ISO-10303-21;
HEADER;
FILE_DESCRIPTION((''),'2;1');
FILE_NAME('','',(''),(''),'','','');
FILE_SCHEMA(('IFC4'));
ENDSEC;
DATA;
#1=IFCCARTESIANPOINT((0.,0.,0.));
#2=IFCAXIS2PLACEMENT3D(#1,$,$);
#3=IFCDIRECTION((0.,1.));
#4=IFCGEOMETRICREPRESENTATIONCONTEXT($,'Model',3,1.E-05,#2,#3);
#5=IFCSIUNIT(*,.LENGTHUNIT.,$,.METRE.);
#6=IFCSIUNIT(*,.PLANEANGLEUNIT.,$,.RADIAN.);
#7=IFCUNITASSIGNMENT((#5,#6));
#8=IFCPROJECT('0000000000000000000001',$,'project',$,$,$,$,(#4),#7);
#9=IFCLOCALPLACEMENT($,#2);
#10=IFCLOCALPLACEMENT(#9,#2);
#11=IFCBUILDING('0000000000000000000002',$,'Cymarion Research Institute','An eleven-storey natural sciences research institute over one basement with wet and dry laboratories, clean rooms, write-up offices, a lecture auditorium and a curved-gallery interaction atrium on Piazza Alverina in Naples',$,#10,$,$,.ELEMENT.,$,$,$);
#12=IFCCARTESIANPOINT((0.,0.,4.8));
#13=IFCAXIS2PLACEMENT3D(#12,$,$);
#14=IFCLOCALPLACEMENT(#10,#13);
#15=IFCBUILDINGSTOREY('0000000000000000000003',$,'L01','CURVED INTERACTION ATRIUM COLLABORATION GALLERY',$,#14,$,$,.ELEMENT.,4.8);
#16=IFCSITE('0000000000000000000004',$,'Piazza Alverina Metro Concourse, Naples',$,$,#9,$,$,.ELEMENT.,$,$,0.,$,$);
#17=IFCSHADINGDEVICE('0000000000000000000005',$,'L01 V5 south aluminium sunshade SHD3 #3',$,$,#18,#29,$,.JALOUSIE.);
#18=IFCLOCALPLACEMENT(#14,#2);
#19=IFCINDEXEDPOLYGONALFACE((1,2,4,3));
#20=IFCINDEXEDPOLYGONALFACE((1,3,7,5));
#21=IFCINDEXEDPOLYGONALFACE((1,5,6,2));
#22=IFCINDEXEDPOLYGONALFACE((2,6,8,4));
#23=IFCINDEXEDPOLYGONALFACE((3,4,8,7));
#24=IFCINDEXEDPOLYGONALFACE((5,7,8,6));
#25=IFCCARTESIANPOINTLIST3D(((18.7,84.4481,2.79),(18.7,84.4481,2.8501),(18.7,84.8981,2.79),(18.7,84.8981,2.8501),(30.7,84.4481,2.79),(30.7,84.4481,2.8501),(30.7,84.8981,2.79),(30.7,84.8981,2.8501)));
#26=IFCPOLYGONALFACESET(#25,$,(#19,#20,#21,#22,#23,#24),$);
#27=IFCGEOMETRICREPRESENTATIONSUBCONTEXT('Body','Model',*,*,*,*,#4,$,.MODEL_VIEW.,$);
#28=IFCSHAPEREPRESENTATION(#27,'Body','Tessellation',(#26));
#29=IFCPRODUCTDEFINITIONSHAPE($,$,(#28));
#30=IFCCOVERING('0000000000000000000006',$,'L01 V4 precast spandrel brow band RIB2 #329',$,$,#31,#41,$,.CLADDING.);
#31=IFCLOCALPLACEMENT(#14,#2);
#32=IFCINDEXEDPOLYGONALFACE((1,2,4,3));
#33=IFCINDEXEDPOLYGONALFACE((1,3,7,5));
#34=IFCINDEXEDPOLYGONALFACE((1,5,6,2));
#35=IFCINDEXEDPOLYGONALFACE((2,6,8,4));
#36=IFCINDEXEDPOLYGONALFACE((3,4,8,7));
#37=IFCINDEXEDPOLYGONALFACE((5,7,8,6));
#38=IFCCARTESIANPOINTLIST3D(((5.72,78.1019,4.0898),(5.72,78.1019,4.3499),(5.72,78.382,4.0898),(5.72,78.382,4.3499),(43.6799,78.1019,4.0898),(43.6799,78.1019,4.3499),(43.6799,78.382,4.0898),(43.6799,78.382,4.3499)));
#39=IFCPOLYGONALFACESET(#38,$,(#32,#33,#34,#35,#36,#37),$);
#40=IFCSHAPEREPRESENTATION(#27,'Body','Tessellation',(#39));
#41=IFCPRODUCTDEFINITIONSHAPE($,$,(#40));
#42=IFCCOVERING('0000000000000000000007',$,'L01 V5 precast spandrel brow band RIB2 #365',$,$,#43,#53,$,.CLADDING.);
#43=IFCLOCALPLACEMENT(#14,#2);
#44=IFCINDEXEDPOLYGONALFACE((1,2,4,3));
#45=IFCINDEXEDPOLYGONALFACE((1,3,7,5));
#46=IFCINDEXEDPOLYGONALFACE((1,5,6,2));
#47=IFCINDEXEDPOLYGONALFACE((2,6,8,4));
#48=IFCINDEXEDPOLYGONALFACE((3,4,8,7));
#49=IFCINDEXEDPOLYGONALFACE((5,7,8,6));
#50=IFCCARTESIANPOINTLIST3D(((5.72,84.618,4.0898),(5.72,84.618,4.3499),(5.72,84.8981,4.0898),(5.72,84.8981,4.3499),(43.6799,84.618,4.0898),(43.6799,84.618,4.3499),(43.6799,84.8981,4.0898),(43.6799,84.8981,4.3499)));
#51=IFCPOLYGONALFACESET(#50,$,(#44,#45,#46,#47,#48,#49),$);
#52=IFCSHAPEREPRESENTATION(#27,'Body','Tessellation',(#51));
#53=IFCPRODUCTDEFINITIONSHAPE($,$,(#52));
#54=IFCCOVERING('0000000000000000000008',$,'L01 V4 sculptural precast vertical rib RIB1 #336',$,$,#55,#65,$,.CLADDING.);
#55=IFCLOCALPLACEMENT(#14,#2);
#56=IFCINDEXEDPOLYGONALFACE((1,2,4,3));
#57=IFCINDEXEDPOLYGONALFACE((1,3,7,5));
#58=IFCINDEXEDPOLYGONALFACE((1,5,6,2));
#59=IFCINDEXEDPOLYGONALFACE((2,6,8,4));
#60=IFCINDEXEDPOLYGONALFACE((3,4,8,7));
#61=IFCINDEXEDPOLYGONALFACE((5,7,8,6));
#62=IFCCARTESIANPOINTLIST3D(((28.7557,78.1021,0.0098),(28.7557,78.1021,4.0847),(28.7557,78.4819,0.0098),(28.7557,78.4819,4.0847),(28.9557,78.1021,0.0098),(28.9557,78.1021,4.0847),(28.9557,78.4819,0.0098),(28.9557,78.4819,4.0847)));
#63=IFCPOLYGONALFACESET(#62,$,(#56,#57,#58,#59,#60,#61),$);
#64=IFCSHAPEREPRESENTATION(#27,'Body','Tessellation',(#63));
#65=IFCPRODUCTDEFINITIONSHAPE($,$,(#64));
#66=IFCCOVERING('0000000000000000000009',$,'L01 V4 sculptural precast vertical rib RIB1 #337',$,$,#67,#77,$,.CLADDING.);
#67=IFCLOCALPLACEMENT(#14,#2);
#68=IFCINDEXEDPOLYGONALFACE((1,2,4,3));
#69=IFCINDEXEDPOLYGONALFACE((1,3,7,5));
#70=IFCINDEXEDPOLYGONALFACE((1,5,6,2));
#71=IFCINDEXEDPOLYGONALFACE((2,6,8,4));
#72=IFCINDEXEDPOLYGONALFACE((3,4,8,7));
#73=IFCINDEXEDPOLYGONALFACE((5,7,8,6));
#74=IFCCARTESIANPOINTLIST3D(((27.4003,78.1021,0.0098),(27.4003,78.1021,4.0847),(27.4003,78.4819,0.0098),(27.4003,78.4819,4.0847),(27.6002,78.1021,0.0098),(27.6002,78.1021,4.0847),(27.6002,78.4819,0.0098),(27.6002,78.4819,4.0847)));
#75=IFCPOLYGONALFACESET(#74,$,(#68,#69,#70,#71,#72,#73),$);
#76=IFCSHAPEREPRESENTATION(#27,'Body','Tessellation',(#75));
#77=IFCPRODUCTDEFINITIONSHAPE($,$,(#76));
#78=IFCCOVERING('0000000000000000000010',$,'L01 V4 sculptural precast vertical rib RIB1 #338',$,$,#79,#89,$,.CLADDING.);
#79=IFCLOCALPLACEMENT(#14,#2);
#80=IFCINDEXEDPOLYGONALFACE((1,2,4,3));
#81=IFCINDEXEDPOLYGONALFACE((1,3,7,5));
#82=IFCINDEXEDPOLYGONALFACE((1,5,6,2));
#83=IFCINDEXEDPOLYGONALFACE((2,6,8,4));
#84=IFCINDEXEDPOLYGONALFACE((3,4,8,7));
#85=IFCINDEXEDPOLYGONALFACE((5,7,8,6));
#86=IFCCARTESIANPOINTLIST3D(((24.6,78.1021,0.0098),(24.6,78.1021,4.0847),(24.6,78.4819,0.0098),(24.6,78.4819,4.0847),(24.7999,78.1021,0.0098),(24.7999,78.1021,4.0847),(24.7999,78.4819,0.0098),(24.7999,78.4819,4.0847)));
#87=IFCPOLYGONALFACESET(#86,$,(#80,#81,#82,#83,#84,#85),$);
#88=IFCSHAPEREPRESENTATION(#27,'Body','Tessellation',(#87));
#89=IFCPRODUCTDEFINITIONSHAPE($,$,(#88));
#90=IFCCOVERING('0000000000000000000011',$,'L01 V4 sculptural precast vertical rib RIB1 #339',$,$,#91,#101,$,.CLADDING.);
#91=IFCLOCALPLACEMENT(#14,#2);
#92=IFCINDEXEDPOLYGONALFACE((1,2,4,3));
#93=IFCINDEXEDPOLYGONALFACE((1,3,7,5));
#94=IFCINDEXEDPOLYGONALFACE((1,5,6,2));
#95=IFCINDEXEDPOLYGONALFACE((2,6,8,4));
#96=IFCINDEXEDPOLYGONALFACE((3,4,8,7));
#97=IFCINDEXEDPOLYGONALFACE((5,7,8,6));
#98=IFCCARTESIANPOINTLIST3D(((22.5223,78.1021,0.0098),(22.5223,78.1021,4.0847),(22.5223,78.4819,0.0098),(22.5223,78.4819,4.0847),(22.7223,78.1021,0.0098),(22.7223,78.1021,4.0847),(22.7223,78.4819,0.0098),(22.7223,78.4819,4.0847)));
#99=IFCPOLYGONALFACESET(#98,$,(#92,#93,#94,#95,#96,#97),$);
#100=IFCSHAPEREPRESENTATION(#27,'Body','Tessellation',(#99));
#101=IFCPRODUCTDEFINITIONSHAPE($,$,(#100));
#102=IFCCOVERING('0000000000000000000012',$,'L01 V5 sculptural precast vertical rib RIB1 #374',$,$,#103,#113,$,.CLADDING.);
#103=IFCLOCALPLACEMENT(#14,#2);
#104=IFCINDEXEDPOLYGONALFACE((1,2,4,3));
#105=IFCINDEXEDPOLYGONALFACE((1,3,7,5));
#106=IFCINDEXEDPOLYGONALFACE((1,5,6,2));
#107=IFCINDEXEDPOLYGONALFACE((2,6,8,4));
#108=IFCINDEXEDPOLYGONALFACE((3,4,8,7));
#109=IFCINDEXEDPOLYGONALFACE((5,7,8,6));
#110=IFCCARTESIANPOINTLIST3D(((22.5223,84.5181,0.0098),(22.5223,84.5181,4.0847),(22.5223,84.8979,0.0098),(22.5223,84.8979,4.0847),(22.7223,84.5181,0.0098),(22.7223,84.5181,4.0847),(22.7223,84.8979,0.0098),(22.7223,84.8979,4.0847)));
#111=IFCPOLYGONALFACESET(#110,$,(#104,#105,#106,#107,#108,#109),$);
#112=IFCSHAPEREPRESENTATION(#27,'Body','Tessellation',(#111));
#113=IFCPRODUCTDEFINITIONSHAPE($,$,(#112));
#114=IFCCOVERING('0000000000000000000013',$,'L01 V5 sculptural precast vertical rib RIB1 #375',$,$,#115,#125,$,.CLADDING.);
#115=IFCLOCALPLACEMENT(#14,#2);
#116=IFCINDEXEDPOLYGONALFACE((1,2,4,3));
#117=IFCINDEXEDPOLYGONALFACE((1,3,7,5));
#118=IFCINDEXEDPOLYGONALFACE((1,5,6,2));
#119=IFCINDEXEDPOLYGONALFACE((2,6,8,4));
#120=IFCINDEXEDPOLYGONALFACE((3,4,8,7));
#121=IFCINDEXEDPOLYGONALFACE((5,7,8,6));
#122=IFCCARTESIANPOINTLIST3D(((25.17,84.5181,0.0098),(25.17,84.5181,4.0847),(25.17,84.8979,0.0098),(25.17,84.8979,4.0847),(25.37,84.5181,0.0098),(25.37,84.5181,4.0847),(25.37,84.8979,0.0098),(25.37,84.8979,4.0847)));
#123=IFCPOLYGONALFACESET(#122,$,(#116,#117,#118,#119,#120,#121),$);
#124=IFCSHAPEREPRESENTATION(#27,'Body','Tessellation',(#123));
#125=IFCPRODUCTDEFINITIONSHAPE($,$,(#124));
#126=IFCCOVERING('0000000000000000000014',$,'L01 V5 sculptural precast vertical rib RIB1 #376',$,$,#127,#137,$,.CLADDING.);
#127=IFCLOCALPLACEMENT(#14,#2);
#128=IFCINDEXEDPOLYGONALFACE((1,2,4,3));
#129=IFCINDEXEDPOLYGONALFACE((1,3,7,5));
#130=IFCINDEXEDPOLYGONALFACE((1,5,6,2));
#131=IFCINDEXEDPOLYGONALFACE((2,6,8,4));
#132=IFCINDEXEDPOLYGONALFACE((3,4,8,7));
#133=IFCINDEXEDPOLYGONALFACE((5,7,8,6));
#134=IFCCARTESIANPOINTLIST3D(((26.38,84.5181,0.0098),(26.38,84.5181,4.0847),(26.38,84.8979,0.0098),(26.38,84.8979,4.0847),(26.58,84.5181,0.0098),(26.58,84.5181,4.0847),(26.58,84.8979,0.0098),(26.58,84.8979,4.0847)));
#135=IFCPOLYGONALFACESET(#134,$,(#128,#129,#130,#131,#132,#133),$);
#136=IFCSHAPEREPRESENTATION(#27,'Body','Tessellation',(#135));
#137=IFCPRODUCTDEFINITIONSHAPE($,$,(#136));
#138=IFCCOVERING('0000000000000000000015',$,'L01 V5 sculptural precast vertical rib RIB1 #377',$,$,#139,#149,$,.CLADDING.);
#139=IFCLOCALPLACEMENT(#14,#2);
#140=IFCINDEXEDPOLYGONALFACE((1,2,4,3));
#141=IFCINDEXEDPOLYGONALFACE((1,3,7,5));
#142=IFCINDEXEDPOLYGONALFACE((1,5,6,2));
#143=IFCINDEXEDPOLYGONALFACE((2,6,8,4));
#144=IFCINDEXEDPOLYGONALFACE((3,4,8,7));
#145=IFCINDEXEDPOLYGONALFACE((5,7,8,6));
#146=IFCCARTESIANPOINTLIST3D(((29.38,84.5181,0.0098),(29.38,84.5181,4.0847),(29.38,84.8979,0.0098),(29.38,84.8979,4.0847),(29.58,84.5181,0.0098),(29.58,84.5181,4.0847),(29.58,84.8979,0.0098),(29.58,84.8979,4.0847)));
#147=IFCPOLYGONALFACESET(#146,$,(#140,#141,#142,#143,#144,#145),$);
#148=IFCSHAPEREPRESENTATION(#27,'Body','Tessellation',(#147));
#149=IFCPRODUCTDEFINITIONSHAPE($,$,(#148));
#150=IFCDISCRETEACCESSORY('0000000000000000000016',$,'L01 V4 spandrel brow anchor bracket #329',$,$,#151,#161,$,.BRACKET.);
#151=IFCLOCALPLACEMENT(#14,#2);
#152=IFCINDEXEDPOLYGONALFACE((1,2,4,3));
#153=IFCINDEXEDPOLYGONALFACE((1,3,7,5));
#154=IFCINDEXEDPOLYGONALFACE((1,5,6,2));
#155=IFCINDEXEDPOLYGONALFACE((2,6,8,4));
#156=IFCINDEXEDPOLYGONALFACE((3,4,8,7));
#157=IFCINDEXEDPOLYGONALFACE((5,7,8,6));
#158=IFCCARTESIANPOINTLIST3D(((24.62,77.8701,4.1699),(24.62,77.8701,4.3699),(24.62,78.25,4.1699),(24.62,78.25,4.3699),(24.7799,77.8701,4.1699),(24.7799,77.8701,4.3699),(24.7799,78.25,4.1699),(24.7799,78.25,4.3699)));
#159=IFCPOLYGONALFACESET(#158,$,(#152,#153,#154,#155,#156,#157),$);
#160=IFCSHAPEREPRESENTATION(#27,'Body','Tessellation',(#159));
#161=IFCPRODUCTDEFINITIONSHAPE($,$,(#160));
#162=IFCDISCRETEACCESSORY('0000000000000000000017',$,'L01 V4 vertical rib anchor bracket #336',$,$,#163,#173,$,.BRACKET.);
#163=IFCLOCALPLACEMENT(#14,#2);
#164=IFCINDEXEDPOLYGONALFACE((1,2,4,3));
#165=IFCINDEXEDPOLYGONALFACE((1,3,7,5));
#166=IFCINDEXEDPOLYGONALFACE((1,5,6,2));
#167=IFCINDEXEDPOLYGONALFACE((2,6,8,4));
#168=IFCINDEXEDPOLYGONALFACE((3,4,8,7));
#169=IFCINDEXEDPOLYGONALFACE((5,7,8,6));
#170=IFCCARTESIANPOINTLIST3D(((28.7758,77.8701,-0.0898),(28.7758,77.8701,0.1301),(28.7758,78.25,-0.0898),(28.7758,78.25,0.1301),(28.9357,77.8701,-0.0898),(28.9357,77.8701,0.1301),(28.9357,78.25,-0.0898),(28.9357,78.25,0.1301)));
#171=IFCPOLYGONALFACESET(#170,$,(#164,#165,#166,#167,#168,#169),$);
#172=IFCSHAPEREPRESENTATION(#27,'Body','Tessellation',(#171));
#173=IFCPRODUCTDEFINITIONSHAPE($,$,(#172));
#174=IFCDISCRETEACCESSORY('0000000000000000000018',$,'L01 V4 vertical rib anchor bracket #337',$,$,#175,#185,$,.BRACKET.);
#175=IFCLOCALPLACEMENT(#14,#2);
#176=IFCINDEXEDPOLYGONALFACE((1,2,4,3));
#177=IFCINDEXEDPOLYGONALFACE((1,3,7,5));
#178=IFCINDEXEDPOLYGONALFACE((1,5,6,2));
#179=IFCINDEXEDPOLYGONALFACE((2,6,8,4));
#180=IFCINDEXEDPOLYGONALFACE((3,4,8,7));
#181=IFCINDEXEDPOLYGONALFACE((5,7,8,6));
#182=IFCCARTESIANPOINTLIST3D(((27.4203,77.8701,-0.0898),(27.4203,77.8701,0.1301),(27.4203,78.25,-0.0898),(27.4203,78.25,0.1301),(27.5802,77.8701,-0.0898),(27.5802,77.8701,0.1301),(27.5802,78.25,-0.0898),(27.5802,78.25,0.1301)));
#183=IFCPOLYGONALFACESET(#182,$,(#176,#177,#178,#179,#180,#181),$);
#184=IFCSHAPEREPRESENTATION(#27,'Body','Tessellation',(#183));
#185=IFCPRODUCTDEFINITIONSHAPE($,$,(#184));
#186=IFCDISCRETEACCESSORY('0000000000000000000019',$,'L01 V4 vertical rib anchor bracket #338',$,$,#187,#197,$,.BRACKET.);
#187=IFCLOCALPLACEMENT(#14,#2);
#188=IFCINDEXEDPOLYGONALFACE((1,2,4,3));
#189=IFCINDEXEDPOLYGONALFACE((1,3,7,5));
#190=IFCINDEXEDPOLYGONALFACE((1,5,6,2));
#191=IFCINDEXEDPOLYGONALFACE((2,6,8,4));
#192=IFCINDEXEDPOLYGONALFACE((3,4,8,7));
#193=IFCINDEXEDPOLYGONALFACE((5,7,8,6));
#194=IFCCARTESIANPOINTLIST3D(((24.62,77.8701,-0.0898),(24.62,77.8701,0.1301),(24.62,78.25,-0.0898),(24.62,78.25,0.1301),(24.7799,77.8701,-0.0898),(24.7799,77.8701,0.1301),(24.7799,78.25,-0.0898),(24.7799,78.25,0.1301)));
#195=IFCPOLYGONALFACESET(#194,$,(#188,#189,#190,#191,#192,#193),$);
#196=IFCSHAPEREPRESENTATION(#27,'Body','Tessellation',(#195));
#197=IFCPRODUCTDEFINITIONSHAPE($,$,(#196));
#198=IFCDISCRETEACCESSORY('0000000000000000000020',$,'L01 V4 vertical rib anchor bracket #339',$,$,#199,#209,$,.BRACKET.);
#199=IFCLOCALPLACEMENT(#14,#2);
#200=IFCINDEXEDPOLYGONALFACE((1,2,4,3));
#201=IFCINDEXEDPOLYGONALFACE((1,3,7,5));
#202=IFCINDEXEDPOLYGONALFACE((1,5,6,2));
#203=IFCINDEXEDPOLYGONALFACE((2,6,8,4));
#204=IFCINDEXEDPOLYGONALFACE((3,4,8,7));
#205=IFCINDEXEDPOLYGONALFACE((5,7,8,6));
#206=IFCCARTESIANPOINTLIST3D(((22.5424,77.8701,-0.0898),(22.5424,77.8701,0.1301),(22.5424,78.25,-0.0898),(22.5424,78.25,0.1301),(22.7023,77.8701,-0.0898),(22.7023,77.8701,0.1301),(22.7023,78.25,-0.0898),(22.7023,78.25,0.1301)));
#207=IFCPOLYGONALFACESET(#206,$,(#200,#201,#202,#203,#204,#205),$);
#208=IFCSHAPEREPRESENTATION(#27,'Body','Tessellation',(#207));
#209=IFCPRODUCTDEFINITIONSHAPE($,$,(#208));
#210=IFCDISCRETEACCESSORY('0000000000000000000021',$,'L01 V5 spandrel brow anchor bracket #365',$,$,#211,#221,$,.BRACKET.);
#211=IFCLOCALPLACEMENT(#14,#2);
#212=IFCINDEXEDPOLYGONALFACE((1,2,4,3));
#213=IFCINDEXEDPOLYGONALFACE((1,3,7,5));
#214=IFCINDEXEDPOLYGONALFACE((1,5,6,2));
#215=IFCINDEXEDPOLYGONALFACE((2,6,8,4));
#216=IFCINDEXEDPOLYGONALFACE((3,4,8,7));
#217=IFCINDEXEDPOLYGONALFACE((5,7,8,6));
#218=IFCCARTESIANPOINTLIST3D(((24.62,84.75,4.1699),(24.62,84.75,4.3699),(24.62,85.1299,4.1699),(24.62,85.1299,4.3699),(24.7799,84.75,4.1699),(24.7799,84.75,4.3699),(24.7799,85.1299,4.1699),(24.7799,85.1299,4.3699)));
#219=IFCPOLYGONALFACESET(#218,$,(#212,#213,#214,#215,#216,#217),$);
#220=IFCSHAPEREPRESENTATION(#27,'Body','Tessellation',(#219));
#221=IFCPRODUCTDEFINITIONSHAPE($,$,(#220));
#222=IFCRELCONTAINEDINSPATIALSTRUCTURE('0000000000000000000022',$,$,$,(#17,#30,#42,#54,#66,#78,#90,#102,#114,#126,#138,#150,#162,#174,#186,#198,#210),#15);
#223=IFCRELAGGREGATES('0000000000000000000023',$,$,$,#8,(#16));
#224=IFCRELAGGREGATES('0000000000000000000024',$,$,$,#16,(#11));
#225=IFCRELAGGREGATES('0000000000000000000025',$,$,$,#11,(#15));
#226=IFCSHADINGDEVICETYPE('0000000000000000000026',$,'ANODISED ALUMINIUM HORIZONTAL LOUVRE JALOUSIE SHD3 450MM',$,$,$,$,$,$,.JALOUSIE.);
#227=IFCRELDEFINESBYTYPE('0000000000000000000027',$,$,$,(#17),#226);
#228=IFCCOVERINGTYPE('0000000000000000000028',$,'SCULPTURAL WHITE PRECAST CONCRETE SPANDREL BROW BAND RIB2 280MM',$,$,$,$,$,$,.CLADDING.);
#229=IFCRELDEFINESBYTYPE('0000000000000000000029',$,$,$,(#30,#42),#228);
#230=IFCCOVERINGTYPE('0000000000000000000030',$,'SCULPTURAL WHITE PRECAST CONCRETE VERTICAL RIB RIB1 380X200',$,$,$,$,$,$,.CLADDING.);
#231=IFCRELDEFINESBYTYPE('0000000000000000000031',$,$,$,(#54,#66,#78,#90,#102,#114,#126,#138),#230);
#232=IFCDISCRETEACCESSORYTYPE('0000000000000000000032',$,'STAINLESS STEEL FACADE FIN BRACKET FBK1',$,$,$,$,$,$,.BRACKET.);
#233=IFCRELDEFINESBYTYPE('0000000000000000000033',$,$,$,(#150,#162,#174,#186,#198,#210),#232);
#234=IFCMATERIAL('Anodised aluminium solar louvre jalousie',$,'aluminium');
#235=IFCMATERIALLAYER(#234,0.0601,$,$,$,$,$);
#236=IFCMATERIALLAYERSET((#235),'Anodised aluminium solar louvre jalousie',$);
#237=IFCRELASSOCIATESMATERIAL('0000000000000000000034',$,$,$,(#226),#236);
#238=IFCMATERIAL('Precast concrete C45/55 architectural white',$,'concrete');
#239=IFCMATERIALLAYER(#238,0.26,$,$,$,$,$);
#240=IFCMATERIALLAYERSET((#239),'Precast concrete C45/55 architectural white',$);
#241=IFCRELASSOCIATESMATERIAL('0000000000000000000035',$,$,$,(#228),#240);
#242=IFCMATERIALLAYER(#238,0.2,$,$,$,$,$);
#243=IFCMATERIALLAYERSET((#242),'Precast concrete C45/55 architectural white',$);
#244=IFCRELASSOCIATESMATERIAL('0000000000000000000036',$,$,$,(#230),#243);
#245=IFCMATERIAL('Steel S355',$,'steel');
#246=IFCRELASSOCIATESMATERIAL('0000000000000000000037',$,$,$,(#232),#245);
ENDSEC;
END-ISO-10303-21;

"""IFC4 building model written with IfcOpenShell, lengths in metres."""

from ifc_helpers import new_model, si_unit, direction, frame, origin, origin_2d, place, context, subcontext, project, spatial, rectangle, extrude, material, layer, layer_set, type_object, element, save


model = new_model("IFC4")

# Units and contexts
model_context = context("Model", 3, precision=1e-05, world=origin(), true_north=direction((0.0, 1.0)))
body_context = subcontext(model_context, "Body", "Model", "MODEL_VIEW")
ifc_project = project(units=[si_unit("LENGTHUNIT", "METRE"), si_unit("PLANEANGLEUNIT", "RADIAN")], contexts=[model_context])

# Site, building, storey
site_placement = place(None, origin())
site = spatial("IfcSite", under=ifc_project, at=site_placement, Name="Piazza Alverina Metro Concourse, Naples", CompositionType="ELEMENT", RefElevation=0.0)
building_placement = place(site_placement, origin())
building = spatial("IfcBuilding", under=site, at=building_placement, Name="Cymarion Research Institute", Description="An eleven-storey natural sciences research institute over one basement with wet and dry laboratories, clean rooms, write-up offices, a lecture auditorium and a curved-gallery interaction atrium on Piazza Alverina in Naples", CompositionType="ELEMENT")
storey_placement = place(building_placement, frame((0.0, 0.0, 4.8)))
storey = spatial("IfcBuildingStorey", under=building, at=storey_placement, Name="L01", Description="CURVED INTERACTION ATRIUM COLLABORATION GALLERY", CompositionType="ELEMENT", Elevation=4.8)

# Shared definitions
ifc_material_1 = material(Name="Steel S355", Category="steel")

# Shading device
ifc_material_2 = material(Name="Anodised aluminium solar louvre jalousie", Category="aluminium")
ifc_layer_1 = layer(ifc_material_2, 0.0601)
ifc_layer_set_1 = layer_set([ifc_layer_1], Name="Anodised aluminium solar louvre jalousie")
shading_device_type = type_object("IfcShadingDeviceType", Name="ANODISED ALUMINIUM HORIZONTAL LOUVRE JALOUSIE SHD3 450MM", PredefinedType="JALOUSIE", material=ifc_layer_set_1)
shading_device_placement = place(storey_placement, frame((24.7, 84.6731, 2.79), z_axis=(0.0, 0.0, 1.0), x_axis=(0.0, -1.0, 0.0)))
element("IfcShadingDevice", 1, at=shading_device_placement, inside=storey, type_object=shading_device_type, Name="L01 V5 south aluminium sunshade SHD3 #3", PredefinedType="JALOUSIE", context=body_context, shape_type="SweptSolid", body=[
    extrude(rectangle(XDim=0.45, YDim=12.0, at=origin_2d()), origin(), (0.0, 0.0, 1.0), 0.0601),
])

# Coverings
ifc_material_3 = material(Name="Precast concrete C45/55 architectural white", Category="concrete")
ifc_layer_2 = layer(ifc_material_3, 0.26)
ifc_layer_set_2 = layer_set([ifc_layer_2], Name="Precast concrete C45/55 architectural white")
covering_type_1 = type_object("IfcCoveringType", Name="SCULPTURAL WHITE PRECAST CONCRETE SPANDREL BROW BAND RIB2 280MM", PredefinedType="CLADDING", material=ifc_layer_set_2)
for number, where, z_axis, x_axis, name in (
    (2, (24.7, 78.2419, 4.0898), (0.0, 0.0, 1.0), (0.0, 1.0, 0.0), "L01 V4 precast spandrel brow band RIB2 #329"),
    (3, (24.7, 84.7581, 4.0898), (0.0, 0.0, 1.0), (0.0, -1.0, 0.0), "L01 V5 precast spandrel brow band RIB2 #365"),
):
    element("IfcCovering", number, at=place(storey_placement, frame(where, z_axis=z_axis, x_axis=x_axis)), inside=storey, type_object=covering_type_1, Name=name, PredefinedType="CLADDING", context=body_context, shape_type="SweptSolid", body=[
        extrude(rectangle(XDim=0.28, YDim=37.96, at=origin_2d()), origin(), (0.0, 0.0, 1.0), 0.26),
    ])
ifc_layer_3 = layer(ifc_material_3, 0.2)
ifc_layer_set_3 = layer_set([ifc_layer_3], Name="Precast concrete C45/55 architectural white")
covering_type_2 = type_object("IfcCoveringType", Name="SCULPTURAL WHITE PRECAST CONCRETE VERTICAL RIB RIB1 380X200", PredefinedType="CLADDING", material=ifc_layer_set_3)
for number, where, z_axis, x_axis, name in (
    (4, (28.8557, 78.292, 0.0098), (0.0, 0.0, 1.0), (0.0, 1.0, 0.0), "L01 V4 sculptural precast vertical rib RIB1 #336"),
    (5, (27.5002, 78.292, 0.0098), (0.0, 0.0, 1.0), (0.0, 1.0, 0.0), "L01 V4 sculptural precast vertical rib RIB1 #337"),
    (6, (24.7, 78.292, 0.0098), (0.0, 0.0, 1.0), (0.0, 1.0, 0.0), "L01 V4 sculptural precast vertical rib RIB1 #338"),
    (7, (22.6223, 78.292, 0.0098), (0.0, 0.0, 1.0), (0.0, 1.0, 0.0), "L01 V4 sculptural precast vertical rib RIB1 #339"),
    (8, (22.6223, 84.708, 0.0098), (0.0, 0.0, 1.0), (0.0, -1.0, 0.0), "L01 V5 sculptural precast vertical rib RIB1 #374"),
    (9, (25.27, 84.708, 0.0098), (0.0, 0.0, 1.0), (0.0, -1.0, 0.0), "L01 V5 sculptural precast vertical rib RIB1 #375"),
    (10, (26.48, 84.708, 0.0098), (0.0, 0.0, 1.0), (0.0, -1.0, 0.0), "L01 V5 sculptural precast vertical rib RIB1 #376"),
    (11, (29.48, 84.708, 0.0098), (0.0, 0.0, 1.0), (0.0, -1.0, 0.0), "L01 V5 sculptural precast vertical rib RIB1 #377"),
):
    element("IfcCovering", number, at=place(storey_placement, frame(where, z_axis=z_axis, x_axis=x_axis)), inside=storey, type_object=covering_type_2, Name=name, PredefinedType="CLADDING", context=body_context, shape_type="SweptSolid", body=[
        extrude(rectangle(XDim=0.3799, YDim=0.2, at=origin_2d()), origin(), (0.0, 0.0, 1.0), 4.075),
    ])

# Discrete accessories
discrete_accessory_type = type_object("IfcDiscreteAccessoryType", Name="STAINLESS STEEL FACADE FIN BRACKET FBK1", PredefinedType="BRACKET", material=ifc_material_1)
discrete_accessory_1_placement = place(storey_placement, frame((24.7, 78.0601, 4.1699), z_axis=(0.0, 0.0, 1.0), x_axis=(0.0, 1.0, 0.0)))
element("IfcDiscreteAccessory", 12, at=discrete_accessory_1_placement, inside=storey, type_object=discrete_accessory_type, Name="L01 V4 spandrel brow anchor bracket #329", PredefinedType="BRACKET", context=body_context, shape_type="SweptSolid", body=[
    extrude(rectangle(XDim=0.3799, YDim=0.1599, at=origin_2d()), origin(), (0.0, 0.0, 1.0), 0.2),
])
for number, where, z_axis, x_axis, name in (
    (13, (28.8557, 78.0601, -0.0898), (0.0, 0.0, 1.0), (0.0, 1.0, 0.0), "L01 V4 vertical rib anchor bracket #336"),
    (14, (27.5002, 78.0601, -0.0898), (0.0, 0.0, 1.0), (0.0, 1.0, 0.0), "L01 V4 vertical rib anchor bracket #337"),
    (15, (24.7, 78.0601, -0.0898), (0.0, 0.0, 1.0), (0.0, 1.0, 0.0), "L01 V4 vertical rib anchor bracket #338"),
    (16, (22.6223, 78.0601, -0.0898), (0.0, 0.0, 1.0), (0.0, 1.0, 0.0), "L01 V4 vertical rib anchor bracket #339"),
):
    element("IfcDiscreteAccessory", number, at=place(storey_placement, frame(where, z_axis=z_axis, x_axis=x_axis)), inside=storey, type_object=discrete_accessory_type, Name=name, PredefinedType="BRACKET", context=body_context, shape_type="SweptSolid", body=[
        extrude(rectangle(XDim=0.3799, YDim=0.1599, at=origin_2d()), origin(), (0.0, 0.0, 1.0), 0.22),
    ])
discrete_accessory_2_placement = place(storey_placement, frame((24.7, 84.9399, 4.1699), z_axis=(0.0, 0.0, 1.0), x_axis=(0.0, -1.0, 0.0)))
element("IfcDiscreteAccessory", 17, at=discrete_accessory_2_placement, inside=storey, type_object=discrete_accessory_type, Name="L01 V5 spandrel brow anchor bracket #365", PredefinedType="BRACKET", context=body_context, shape_type="SweptSolid", body=[
    extrude(rectangle(XDim=0.3799, YDim=0.1599, at=origin_2d()), origin(), (0.0, 0.0, 1.0), 0.2),
])

save(model, "model.ifc")
